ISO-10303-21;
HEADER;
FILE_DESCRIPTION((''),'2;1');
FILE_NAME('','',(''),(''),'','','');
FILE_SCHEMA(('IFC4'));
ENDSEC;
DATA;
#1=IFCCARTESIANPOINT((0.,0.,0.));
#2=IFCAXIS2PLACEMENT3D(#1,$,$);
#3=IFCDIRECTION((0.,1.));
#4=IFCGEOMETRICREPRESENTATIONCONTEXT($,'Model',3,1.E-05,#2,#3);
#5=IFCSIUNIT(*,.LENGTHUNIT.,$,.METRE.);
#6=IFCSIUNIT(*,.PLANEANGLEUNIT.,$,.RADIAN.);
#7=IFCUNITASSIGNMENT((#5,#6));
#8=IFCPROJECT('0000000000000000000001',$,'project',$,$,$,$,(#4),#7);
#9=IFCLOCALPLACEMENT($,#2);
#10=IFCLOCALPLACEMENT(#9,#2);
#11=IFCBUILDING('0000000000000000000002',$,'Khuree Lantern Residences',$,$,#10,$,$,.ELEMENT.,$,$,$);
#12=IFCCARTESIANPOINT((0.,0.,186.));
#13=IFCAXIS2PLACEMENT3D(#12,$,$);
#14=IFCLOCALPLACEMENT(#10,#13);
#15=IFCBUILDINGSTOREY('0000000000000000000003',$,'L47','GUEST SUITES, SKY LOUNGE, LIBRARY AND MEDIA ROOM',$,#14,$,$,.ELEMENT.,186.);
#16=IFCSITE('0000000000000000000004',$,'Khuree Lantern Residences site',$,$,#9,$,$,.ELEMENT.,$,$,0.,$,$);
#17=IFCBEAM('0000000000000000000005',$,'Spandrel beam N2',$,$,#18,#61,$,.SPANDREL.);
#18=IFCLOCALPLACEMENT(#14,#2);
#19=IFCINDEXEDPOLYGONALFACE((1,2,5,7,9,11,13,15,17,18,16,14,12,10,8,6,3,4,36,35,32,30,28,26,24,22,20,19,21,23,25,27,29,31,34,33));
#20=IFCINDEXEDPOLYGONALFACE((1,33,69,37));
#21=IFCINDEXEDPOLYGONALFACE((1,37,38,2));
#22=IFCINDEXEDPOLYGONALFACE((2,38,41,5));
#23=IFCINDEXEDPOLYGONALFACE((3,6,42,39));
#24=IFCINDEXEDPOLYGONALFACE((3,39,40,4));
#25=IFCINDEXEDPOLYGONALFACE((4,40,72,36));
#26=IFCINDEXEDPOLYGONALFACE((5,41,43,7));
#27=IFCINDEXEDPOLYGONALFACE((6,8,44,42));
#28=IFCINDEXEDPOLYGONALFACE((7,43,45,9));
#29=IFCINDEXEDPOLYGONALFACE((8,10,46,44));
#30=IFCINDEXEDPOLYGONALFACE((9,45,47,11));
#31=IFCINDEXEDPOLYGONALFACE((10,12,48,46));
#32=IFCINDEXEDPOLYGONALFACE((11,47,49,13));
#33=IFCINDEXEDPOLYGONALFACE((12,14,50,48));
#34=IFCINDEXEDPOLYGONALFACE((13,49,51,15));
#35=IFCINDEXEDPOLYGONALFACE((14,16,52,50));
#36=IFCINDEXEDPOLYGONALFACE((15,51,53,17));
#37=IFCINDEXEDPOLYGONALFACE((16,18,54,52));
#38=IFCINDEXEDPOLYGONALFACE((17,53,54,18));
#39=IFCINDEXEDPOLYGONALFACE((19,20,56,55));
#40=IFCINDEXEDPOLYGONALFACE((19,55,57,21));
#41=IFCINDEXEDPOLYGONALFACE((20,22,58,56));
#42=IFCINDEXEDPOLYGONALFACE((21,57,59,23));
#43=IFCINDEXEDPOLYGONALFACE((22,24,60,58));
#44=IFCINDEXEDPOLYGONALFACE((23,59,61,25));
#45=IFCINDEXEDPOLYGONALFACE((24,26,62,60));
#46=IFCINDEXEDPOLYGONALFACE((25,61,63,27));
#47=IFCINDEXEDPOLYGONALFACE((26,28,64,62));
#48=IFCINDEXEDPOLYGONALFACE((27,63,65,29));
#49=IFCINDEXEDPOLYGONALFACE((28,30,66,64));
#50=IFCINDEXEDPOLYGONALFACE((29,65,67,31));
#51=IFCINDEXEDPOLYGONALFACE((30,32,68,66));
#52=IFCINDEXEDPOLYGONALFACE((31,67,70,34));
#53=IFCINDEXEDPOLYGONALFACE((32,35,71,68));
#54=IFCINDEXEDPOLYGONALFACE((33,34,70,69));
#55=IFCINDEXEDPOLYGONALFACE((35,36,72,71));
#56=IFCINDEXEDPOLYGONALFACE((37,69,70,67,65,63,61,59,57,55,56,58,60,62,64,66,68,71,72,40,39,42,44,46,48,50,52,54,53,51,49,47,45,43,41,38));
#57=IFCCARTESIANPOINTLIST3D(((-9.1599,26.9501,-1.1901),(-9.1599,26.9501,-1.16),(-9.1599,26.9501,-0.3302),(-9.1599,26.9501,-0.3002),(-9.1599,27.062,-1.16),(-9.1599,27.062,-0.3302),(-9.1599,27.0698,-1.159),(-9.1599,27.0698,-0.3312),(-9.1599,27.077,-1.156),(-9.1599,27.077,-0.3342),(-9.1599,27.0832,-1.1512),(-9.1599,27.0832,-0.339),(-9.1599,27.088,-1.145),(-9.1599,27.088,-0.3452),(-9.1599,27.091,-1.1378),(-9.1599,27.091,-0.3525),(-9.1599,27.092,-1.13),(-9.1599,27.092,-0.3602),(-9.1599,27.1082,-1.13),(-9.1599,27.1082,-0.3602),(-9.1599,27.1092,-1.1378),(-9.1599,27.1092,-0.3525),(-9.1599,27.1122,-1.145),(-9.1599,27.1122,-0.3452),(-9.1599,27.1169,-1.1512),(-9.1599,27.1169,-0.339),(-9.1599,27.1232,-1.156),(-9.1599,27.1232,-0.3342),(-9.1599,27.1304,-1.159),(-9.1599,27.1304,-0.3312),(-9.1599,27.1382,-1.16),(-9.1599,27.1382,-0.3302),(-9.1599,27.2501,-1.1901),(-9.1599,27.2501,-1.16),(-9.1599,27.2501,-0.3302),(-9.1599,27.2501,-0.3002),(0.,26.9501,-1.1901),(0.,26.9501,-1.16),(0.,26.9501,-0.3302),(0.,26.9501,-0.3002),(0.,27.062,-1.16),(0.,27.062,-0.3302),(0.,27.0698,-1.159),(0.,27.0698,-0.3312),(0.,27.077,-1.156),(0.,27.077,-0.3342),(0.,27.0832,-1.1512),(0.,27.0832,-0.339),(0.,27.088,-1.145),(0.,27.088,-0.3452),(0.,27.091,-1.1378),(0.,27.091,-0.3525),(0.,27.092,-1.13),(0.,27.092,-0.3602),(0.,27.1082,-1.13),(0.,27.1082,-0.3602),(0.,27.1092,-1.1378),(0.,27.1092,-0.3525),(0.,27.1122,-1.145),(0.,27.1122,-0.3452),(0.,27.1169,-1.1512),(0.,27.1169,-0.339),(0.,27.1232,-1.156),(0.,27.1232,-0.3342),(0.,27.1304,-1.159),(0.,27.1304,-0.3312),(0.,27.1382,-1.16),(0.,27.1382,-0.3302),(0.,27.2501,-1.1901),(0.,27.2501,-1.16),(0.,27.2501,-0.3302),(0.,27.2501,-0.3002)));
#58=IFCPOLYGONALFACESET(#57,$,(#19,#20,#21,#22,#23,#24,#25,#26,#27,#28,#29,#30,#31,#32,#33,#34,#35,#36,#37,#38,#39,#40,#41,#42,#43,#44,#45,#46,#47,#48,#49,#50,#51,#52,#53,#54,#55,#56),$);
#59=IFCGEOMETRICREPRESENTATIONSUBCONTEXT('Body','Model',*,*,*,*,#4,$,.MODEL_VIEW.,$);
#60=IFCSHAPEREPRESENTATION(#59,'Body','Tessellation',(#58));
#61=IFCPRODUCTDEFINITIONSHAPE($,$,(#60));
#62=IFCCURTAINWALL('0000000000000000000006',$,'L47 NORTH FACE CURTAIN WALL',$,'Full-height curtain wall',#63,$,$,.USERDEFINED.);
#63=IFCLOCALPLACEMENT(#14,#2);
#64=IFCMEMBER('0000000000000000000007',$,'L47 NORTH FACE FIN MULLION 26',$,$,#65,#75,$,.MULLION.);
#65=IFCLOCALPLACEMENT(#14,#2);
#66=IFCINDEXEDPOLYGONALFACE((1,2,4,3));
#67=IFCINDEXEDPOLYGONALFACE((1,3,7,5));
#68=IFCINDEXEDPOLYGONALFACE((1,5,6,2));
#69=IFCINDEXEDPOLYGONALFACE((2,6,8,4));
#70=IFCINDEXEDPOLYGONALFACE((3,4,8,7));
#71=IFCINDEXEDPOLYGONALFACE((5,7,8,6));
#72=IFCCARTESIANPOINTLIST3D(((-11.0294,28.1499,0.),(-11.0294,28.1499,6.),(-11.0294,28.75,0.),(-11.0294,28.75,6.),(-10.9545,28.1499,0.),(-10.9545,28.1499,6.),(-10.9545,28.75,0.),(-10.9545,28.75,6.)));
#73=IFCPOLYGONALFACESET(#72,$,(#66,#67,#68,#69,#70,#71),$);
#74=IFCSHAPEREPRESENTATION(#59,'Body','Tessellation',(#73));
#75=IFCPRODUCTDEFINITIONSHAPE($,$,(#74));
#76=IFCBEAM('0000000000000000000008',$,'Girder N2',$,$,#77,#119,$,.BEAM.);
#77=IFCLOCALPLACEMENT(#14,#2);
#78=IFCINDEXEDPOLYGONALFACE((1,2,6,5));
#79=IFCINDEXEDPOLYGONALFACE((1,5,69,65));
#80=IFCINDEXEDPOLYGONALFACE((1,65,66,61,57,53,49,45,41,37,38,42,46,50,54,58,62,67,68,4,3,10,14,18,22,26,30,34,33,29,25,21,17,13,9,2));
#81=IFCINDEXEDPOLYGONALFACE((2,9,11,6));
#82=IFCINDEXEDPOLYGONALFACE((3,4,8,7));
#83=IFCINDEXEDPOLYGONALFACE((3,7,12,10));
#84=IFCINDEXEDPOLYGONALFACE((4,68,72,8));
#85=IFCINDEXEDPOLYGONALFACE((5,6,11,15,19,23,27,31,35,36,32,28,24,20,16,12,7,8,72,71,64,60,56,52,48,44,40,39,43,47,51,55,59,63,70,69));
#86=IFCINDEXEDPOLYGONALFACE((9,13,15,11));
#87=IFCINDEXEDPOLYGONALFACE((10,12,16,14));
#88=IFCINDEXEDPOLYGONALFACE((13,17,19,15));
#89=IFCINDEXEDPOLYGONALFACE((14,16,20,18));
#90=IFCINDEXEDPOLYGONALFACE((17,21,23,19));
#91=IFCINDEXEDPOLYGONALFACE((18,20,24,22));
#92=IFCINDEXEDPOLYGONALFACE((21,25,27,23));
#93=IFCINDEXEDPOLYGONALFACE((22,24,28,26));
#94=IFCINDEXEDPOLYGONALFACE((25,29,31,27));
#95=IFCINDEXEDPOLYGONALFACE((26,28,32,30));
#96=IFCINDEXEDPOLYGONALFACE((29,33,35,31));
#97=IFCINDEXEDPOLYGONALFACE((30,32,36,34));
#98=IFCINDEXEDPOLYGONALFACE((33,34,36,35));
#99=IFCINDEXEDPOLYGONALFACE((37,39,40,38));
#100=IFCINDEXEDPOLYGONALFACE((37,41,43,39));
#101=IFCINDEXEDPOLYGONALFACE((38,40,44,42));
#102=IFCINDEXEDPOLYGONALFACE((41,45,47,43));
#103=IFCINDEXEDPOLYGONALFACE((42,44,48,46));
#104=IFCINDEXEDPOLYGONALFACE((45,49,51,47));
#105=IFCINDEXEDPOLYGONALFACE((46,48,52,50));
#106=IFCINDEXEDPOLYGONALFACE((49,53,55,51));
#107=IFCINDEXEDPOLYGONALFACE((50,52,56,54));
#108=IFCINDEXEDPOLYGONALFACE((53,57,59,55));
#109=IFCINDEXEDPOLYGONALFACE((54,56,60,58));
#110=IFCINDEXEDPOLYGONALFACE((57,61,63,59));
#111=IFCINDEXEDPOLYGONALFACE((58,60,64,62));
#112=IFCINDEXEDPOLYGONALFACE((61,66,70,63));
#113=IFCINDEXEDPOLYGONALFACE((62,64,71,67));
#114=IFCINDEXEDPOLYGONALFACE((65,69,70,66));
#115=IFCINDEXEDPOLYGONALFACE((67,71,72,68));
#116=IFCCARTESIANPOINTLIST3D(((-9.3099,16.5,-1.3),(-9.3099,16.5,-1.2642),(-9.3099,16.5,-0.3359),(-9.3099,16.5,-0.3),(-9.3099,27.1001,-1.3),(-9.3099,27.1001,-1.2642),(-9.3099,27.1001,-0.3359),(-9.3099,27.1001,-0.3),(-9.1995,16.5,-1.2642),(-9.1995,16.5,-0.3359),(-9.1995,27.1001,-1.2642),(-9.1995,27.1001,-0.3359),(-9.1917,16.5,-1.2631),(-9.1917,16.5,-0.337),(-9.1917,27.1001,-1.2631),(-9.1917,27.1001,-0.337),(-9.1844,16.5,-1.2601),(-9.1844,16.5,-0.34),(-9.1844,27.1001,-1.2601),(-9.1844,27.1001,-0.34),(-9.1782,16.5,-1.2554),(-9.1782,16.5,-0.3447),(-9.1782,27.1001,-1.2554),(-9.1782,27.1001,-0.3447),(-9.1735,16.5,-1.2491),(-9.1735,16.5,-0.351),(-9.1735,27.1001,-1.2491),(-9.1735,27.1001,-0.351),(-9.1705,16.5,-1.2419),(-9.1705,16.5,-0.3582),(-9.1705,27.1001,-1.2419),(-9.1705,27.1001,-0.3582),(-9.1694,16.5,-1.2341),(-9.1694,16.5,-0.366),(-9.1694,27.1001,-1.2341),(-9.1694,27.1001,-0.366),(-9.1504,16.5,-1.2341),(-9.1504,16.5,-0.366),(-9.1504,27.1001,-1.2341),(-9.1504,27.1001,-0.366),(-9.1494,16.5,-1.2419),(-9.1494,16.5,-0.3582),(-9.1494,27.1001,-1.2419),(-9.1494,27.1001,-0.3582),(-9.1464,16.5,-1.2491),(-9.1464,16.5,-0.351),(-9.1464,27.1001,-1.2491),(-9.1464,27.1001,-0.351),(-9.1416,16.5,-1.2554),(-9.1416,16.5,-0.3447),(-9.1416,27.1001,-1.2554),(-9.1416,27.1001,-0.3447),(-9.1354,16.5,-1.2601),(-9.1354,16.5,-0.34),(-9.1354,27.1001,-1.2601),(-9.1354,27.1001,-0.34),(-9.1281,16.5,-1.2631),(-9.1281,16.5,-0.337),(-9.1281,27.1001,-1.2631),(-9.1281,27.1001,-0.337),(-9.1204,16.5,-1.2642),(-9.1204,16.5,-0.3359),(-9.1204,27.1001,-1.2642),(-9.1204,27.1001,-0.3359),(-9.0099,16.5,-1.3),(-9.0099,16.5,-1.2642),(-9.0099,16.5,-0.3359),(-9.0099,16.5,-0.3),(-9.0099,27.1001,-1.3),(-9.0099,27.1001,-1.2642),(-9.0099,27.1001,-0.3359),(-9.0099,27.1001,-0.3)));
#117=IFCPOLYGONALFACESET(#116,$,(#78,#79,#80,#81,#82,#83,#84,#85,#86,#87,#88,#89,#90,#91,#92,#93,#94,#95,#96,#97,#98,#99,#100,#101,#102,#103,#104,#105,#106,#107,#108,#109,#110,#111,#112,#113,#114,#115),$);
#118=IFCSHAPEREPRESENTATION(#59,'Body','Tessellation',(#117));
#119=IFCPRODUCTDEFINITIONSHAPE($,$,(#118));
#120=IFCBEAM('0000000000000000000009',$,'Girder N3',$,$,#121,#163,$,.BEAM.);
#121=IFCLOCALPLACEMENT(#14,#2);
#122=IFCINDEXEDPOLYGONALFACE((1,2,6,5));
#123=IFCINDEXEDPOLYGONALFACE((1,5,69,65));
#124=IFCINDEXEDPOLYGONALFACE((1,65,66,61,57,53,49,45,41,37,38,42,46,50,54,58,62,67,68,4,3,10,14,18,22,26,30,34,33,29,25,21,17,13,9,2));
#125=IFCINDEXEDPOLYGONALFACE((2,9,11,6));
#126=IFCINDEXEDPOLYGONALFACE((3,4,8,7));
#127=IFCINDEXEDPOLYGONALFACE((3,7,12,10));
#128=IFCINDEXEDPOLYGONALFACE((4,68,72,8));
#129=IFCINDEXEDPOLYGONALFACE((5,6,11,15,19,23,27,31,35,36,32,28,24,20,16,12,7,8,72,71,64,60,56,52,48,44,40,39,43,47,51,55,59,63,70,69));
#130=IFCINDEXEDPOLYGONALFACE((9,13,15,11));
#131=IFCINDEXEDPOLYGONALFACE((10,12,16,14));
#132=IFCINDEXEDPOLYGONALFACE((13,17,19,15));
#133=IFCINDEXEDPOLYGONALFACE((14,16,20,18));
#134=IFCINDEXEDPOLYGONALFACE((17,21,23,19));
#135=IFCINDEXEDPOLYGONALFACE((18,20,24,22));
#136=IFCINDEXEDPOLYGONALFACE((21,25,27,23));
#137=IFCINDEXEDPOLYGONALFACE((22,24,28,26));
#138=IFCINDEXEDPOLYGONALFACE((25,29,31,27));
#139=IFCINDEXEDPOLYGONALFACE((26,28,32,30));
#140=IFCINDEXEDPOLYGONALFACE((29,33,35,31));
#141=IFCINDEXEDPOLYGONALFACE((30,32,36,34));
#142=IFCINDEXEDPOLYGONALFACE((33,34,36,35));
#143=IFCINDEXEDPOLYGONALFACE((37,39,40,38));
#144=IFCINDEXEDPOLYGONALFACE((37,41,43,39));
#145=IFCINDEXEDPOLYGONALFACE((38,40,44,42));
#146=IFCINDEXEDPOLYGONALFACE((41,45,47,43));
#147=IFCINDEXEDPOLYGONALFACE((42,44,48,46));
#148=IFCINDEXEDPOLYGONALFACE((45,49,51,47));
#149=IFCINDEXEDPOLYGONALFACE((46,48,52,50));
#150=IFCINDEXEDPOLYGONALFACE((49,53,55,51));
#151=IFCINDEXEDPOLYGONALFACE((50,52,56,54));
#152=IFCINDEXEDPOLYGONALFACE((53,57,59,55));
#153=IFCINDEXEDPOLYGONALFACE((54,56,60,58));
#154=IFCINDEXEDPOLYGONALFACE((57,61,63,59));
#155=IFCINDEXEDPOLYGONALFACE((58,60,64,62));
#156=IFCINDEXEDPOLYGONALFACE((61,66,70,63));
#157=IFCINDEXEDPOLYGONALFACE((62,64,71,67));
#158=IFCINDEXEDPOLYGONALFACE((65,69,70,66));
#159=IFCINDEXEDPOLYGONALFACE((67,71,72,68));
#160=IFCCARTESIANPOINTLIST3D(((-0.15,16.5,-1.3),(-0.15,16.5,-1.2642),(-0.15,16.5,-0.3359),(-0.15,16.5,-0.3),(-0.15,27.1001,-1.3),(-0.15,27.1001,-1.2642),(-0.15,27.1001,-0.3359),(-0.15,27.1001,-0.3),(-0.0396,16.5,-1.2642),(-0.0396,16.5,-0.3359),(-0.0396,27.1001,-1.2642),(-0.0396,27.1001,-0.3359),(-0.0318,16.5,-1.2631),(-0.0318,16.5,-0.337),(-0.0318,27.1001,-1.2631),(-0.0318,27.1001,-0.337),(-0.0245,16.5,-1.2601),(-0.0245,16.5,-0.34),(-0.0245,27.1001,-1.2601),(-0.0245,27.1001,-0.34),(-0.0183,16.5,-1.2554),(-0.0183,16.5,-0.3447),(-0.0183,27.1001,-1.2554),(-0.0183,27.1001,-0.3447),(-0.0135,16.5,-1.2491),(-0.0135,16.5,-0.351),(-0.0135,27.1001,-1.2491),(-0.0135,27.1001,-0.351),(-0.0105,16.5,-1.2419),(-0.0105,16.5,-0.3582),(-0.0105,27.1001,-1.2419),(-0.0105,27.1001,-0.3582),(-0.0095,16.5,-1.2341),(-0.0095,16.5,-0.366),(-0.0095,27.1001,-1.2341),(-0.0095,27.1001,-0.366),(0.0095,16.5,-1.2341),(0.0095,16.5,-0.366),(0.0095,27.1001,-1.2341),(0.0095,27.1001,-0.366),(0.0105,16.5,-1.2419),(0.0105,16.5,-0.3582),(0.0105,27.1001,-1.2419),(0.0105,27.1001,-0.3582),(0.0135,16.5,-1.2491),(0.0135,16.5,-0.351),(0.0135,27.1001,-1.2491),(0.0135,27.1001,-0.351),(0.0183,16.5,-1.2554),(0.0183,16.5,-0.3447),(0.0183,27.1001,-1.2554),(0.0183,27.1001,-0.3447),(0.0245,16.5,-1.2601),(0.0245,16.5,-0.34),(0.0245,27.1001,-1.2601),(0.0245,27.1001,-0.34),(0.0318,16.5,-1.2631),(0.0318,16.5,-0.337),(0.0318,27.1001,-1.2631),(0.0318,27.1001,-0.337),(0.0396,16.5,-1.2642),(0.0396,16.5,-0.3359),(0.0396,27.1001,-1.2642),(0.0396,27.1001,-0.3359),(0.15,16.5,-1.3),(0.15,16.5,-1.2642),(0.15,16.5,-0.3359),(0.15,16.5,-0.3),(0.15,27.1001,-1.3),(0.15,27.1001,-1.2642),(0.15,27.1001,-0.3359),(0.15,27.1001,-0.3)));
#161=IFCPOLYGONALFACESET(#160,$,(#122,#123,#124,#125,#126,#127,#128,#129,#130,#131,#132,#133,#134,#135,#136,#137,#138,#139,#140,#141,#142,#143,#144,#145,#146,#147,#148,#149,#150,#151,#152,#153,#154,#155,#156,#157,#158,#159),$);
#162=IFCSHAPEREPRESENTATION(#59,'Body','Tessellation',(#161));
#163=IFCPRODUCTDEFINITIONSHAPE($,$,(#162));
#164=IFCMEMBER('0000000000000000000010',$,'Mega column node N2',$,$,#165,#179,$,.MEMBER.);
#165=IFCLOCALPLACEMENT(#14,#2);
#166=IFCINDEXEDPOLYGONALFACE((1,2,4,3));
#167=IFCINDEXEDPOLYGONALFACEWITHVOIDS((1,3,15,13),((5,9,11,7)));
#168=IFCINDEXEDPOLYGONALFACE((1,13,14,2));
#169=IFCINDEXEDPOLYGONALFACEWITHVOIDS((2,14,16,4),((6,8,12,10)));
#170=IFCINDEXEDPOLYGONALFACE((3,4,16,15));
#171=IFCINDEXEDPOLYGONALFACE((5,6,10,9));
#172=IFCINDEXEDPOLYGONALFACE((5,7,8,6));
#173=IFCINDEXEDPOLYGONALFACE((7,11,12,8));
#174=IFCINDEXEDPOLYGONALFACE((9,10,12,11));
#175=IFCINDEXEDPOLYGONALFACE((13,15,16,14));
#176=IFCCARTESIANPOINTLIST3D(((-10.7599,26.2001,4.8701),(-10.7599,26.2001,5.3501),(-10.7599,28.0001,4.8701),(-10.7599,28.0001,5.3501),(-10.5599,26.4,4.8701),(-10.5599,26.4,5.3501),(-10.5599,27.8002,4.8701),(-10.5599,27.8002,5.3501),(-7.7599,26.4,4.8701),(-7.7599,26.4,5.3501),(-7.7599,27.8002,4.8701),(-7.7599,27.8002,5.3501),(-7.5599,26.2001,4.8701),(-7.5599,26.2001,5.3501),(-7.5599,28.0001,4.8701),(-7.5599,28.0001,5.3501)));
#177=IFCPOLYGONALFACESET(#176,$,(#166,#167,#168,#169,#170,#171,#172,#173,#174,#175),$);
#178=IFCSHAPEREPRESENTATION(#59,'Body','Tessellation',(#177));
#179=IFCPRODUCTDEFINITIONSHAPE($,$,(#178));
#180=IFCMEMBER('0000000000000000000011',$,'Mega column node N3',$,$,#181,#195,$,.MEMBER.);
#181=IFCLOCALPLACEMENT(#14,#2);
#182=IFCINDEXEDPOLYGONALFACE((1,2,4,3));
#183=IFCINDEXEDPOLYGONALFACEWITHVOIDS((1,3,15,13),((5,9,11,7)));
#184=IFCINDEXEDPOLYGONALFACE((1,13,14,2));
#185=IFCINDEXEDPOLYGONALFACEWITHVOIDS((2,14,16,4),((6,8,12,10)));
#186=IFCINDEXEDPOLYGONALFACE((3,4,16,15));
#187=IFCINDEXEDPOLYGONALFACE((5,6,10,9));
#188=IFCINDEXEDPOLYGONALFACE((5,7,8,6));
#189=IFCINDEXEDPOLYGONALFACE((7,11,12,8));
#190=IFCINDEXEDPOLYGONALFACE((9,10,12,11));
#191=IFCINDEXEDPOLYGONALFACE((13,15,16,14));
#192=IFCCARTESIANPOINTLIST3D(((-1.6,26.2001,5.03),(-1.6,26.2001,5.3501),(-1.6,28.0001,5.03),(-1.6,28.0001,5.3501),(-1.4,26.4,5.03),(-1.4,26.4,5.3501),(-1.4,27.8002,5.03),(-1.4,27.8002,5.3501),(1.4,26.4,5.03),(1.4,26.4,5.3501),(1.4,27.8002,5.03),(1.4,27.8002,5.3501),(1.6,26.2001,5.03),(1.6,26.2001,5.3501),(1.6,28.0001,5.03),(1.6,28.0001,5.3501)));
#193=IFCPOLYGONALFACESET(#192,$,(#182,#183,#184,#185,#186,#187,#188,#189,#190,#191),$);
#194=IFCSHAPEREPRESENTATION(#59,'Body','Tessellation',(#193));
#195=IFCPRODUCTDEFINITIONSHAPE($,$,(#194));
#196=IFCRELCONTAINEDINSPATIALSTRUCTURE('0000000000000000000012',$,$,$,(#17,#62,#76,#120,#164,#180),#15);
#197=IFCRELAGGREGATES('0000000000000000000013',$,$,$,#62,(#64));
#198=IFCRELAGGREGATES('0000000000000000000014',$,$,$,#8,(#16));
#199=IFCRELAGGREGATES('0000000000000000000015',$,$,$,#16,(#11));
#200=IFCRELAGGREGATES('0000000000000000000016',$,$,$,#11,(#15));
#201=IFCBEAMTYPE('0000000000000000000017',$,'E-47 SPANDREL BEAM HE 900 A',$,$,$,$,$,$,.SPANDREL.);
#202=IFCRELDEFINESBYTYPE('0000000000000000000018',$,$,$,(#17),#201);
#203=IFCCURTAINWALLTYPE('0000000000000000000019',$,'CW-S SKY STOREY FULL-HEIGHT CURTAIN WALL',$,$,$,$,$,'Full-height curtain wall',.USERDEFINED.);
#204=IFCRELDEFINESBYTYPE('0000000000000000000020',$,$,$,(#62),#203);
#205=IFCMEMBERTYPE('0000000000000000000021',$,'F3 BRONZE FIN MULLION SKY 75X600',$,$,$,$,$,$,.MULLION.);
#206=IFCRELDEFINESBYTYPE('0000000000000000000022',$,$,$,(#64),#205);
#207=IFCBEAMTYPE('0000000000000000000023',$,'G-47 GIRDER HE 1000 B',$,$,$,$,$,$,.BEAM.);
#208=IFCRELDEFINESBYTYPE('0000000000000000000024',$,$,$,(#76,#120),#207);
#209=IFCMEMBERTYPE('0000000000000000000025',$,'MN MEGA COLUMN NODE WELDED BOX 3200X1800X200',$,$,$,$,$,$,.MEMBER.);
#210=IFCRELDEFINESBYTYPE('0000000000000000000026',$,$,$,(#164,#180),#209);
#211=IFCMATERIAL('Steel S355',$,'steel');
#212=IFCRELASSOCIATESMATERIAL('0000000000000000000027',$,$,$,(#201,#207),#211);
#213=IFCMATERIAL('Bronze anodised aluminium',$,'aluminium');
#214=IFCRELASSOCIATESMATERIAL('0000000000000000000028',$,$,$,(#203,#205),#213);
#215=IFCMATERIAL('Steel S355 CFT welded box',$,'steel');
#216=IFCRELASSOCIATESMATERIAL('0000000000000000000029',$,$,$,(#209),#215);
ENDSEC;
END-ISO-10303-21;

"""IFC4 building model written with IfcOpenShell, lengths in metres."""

from ifc_helpers import new_model, si_unit, direction, frame, origin, origin_2d, place, context, subcontext, project, spatial, rectangle, hollow_rectangle, i_section, extrude, material, material_profile, profile_set, type_object, element, aggregate, save


model = new_model("IFC4")

# Units and contexts
model_context = context("Model", 3, precision=1e-05, world=origin(), true_north=direction((0.0, 1.0)))
body_context = subcontext(model_context, "Body", "Model", "MODEL_VIEW")
ifc_project = project(units=[si_unit("LENGTHUNIT", "METRE"), si_unit("PLANEANGLEUNIT", "RADIAN")], contexts=[model_context])

# Site, building, storey
site_placement = place(None, origin())
site = spatial("IfcSite", under=ifc_project, at=site_placement, Name="Khuree Lantern Residences site", CompositionType="ELEMENT", RefElevation=0.0)
building_placement = place(site_placement, origin())
building = spatial("IfcBuilding", under=site, at=building_placement, Name="Khuree Lantern Residences", CompositionType="ELEMENT")
storey_placement = place(building_placement, frame((0.0, 0.0, 186.0)))
storey = spatial("IfcBuildingStorey", under=building, at=storey_placement, Name="L47", Description="GUEST SUITES, SKY LOUNGE, LIBRARY AND MEDIA ROOM", CompositionType="ELEMENT", Elevation=186.0)

# Shared definitions
ifc_material_1 = material(Name="Steel S355 CFT welded box", Category="steel")

# Beam
ifc_material_2 = material(Name="Steel S355", Category="steel")
ifc_material_profile_1 = material_profile(ifc_material_2, i_section(OverallWidth=0.3, OverallDepth=0.8899, WebThickness=0.0161, FlangeThickness=0.03, FilletRadius=0.03, at=origin_2d()), Name="HE 900 A")
ifc_profile_set_1 = profile_set([ifc_material_profile_1], Name="Steel S355")
beam_type_1 = type_object("IfcBeamType", Name="E-47 SPANDREL BEAM HE 900 A", PredefinedType="SPANDREL", material=ifc_profile_set_1)
beam_1_placement = place(storey_placement, frame((-9.1599, 27.1001, -0.7451), z_axis=(1.0, 0.0, 0.0), x_axis=(0.0, 1.0, 0.0)))
element("IfcBeam", 1, at=beam_1_placement, inside=storey, type_object=beam_type_1, Name="Spandrel beam N2", PredefinedType="SPANDREL", context=body_context, shape_type="SweptSolid", body=[
    extrude(i_section(OverallWidth=0.3, OverallDepth=0.8899, WebThickness=0.0161, FlangeThickness=0.03, FilletRadius=0.03, at=origin_2d()), origin(), (0.0, 0.0, 1.0), 9.1599),
])

# Curtain wall, member
ifc_material_3 = material(Name="Bronze anodised aluminium", Category="aluminium")
curtain_wall_type = type_object("IfcCurtainWallType", Name="CW-S SKY STOREY FULL-HEIGHT CURTAIN WALL", ElementType="Full-height curtain wall", PredefinedType="USERDEFINED", material=ifc_material_3)
curtain_wall_placement = place(storey_placement, origin())
curtain_wall = element("IfcCurtainWall", 2, at=curtain_wall_placement, inside=storey, type_object=curtain_wall_type, Name="L47 NORTH FACE CURTAIN WALL", ObjectType="Full-height curtain wall", PredefinedType="USERDEFINED")
ifc_material_profile_2 = material_profile(ifc_material_3, rectangle(XDim=0.075, YDim=0.6001, at=origin_2d()), Name="F3 75X600")
ifc_profile_set_2 = profile_set([ifc_material_profile_2], Name="Bronze anodised aluminium")
member_type_1 = type_object("IfcMemberType", Name="F3 BRONZE FIN MULLION SKY 75X600", PredefinedType="MULLION", material=ifc_profile_set_2)
member_1_placement = place(storey_placement, frame((-10.9919, 28.45, 0.0), z_axis=(0.0, 0.0, 1.0), x_axis=(-1.0, 0.0, 0.0)))
member_1 = element("IfcMember", 3, at=member_1_placement, type_object=member_type_1, Name="L47 NORTH FACE FIN MULLION 26", PredefinedType="MULLION", context=body_context, shape_type="SweptSolid", body=[
    extrude(rectangle(XDim=0.075, YDim=0.6001, at=origin_2d()), origin(), (0.0, 0.0, 1.0), 6.0),
])

# Beams
ifc_material_profile_3 = material_profile(ifc_material_2, i_section(OverallWidth=0.3, OverallDepth=1.0, WebThickness=0.019, FlangeThickness=0.0359, FilletRadius=0.03, at=origin_2d()), Name="HE 1000 B")
ifc_profile_set_3 = profile_set([ifc_material_profile_3], Name="Steel S355")
beam_type_2 = type_object("IfcBeamType", Name="G-47 GIRDER HE 1000 B", PredefinedType="BEAM", material=ifc_profile_set_3)
for number, where, z_axis, x_axis, name in (
    (4, (-9.1599, 27.1001, -0.8), (0.0, -1.0, 0.0), (1.0, 0.0, 0.0), "Girder N2"),
    (5, (0.0, 27.1001, -0.8), (0.0, -1.0, 0.0), (1.0, 0.0, 0.0), "Girder N3"),
):
    element("IfcBeam", number, at=place(storey_placement, frame(where, z_axis=z_axis, x_axis=x_axis)), inside=storey, type_object=beam_type_2, Name=name, PredefinedType="BEAM", context=body_context, shape_type="SweptSolid", body=[
        extrude(i_section(OverallWidth=0.3, OverallDepth=1.0, WebThickness=0.019, FlangeThickness=0.0359, FilletRadius=0.03, at=origin_2d()), origin(), (0.0, 0.0, 1.0), 10.6001),
    ])

# Members
ifc_material_profile_4 = material_profile(ifc_material_1, hollow_rectangle(XDim=3.2, YDim=1.8, WallThickness=0.2, at=origin_2d()), Name="WELDED BOX 3200X1800X200")
ifc_profile_set_4 = profile_set([ifc_material_profile_4], Name="Steel S355 CFT welded box")
member_type_2 = type_object("IfcMemberType", Name="MN MEGA COLUMN NODE WELDED BOX 3200X1800X200", PredefinedType="MEMBER", material=ifc_profile_set_4)
member_2_placement = place(storey_placement, frame((-9.1599, 27.1001, 4.8701), z_axis=(0.0, 0.0, 1.0), x_axis=(1.0, 0.0, 0.0)))
element("IfcMember", 6, at=member_2_placement, inside=storey, type_object=member_type_2, Name="Mega column node N2", PredefinedType="MEMBER", context=body_context, shape_type="SweptSolid", body=[
    extrude(hollow_rectangle(XDim=3.2, YDim=1.8, WallThickness=0.2, at=origin_2d()), origin(), (0.0, 0.0, 1.0), 0.48),
])
member_3_placement = place(storey_placement, frame((0.0, 27.1001, 5.03), z_axis=(0.0, 0.0, 1.0), x_axis=(1.0, 0.0, 0.0)))
element("IfcMember", 7, at=member_3_placement, inside=storey, type_object=member_type_2, Name="Mega column node N3", PredefinedType="MEMBER", context=body_context, shape_type="SweptSolid", body=[
    extrude(hollow_rectangle(XDim=3.2, YDim=1.8, WallThickness=0.2, at=origin_2d()), origin(), (0.0, 0.0, 1.0), 0.3201),
])

aggregate(curtain_wall, [member_1])

save(model, "model.ifc")
